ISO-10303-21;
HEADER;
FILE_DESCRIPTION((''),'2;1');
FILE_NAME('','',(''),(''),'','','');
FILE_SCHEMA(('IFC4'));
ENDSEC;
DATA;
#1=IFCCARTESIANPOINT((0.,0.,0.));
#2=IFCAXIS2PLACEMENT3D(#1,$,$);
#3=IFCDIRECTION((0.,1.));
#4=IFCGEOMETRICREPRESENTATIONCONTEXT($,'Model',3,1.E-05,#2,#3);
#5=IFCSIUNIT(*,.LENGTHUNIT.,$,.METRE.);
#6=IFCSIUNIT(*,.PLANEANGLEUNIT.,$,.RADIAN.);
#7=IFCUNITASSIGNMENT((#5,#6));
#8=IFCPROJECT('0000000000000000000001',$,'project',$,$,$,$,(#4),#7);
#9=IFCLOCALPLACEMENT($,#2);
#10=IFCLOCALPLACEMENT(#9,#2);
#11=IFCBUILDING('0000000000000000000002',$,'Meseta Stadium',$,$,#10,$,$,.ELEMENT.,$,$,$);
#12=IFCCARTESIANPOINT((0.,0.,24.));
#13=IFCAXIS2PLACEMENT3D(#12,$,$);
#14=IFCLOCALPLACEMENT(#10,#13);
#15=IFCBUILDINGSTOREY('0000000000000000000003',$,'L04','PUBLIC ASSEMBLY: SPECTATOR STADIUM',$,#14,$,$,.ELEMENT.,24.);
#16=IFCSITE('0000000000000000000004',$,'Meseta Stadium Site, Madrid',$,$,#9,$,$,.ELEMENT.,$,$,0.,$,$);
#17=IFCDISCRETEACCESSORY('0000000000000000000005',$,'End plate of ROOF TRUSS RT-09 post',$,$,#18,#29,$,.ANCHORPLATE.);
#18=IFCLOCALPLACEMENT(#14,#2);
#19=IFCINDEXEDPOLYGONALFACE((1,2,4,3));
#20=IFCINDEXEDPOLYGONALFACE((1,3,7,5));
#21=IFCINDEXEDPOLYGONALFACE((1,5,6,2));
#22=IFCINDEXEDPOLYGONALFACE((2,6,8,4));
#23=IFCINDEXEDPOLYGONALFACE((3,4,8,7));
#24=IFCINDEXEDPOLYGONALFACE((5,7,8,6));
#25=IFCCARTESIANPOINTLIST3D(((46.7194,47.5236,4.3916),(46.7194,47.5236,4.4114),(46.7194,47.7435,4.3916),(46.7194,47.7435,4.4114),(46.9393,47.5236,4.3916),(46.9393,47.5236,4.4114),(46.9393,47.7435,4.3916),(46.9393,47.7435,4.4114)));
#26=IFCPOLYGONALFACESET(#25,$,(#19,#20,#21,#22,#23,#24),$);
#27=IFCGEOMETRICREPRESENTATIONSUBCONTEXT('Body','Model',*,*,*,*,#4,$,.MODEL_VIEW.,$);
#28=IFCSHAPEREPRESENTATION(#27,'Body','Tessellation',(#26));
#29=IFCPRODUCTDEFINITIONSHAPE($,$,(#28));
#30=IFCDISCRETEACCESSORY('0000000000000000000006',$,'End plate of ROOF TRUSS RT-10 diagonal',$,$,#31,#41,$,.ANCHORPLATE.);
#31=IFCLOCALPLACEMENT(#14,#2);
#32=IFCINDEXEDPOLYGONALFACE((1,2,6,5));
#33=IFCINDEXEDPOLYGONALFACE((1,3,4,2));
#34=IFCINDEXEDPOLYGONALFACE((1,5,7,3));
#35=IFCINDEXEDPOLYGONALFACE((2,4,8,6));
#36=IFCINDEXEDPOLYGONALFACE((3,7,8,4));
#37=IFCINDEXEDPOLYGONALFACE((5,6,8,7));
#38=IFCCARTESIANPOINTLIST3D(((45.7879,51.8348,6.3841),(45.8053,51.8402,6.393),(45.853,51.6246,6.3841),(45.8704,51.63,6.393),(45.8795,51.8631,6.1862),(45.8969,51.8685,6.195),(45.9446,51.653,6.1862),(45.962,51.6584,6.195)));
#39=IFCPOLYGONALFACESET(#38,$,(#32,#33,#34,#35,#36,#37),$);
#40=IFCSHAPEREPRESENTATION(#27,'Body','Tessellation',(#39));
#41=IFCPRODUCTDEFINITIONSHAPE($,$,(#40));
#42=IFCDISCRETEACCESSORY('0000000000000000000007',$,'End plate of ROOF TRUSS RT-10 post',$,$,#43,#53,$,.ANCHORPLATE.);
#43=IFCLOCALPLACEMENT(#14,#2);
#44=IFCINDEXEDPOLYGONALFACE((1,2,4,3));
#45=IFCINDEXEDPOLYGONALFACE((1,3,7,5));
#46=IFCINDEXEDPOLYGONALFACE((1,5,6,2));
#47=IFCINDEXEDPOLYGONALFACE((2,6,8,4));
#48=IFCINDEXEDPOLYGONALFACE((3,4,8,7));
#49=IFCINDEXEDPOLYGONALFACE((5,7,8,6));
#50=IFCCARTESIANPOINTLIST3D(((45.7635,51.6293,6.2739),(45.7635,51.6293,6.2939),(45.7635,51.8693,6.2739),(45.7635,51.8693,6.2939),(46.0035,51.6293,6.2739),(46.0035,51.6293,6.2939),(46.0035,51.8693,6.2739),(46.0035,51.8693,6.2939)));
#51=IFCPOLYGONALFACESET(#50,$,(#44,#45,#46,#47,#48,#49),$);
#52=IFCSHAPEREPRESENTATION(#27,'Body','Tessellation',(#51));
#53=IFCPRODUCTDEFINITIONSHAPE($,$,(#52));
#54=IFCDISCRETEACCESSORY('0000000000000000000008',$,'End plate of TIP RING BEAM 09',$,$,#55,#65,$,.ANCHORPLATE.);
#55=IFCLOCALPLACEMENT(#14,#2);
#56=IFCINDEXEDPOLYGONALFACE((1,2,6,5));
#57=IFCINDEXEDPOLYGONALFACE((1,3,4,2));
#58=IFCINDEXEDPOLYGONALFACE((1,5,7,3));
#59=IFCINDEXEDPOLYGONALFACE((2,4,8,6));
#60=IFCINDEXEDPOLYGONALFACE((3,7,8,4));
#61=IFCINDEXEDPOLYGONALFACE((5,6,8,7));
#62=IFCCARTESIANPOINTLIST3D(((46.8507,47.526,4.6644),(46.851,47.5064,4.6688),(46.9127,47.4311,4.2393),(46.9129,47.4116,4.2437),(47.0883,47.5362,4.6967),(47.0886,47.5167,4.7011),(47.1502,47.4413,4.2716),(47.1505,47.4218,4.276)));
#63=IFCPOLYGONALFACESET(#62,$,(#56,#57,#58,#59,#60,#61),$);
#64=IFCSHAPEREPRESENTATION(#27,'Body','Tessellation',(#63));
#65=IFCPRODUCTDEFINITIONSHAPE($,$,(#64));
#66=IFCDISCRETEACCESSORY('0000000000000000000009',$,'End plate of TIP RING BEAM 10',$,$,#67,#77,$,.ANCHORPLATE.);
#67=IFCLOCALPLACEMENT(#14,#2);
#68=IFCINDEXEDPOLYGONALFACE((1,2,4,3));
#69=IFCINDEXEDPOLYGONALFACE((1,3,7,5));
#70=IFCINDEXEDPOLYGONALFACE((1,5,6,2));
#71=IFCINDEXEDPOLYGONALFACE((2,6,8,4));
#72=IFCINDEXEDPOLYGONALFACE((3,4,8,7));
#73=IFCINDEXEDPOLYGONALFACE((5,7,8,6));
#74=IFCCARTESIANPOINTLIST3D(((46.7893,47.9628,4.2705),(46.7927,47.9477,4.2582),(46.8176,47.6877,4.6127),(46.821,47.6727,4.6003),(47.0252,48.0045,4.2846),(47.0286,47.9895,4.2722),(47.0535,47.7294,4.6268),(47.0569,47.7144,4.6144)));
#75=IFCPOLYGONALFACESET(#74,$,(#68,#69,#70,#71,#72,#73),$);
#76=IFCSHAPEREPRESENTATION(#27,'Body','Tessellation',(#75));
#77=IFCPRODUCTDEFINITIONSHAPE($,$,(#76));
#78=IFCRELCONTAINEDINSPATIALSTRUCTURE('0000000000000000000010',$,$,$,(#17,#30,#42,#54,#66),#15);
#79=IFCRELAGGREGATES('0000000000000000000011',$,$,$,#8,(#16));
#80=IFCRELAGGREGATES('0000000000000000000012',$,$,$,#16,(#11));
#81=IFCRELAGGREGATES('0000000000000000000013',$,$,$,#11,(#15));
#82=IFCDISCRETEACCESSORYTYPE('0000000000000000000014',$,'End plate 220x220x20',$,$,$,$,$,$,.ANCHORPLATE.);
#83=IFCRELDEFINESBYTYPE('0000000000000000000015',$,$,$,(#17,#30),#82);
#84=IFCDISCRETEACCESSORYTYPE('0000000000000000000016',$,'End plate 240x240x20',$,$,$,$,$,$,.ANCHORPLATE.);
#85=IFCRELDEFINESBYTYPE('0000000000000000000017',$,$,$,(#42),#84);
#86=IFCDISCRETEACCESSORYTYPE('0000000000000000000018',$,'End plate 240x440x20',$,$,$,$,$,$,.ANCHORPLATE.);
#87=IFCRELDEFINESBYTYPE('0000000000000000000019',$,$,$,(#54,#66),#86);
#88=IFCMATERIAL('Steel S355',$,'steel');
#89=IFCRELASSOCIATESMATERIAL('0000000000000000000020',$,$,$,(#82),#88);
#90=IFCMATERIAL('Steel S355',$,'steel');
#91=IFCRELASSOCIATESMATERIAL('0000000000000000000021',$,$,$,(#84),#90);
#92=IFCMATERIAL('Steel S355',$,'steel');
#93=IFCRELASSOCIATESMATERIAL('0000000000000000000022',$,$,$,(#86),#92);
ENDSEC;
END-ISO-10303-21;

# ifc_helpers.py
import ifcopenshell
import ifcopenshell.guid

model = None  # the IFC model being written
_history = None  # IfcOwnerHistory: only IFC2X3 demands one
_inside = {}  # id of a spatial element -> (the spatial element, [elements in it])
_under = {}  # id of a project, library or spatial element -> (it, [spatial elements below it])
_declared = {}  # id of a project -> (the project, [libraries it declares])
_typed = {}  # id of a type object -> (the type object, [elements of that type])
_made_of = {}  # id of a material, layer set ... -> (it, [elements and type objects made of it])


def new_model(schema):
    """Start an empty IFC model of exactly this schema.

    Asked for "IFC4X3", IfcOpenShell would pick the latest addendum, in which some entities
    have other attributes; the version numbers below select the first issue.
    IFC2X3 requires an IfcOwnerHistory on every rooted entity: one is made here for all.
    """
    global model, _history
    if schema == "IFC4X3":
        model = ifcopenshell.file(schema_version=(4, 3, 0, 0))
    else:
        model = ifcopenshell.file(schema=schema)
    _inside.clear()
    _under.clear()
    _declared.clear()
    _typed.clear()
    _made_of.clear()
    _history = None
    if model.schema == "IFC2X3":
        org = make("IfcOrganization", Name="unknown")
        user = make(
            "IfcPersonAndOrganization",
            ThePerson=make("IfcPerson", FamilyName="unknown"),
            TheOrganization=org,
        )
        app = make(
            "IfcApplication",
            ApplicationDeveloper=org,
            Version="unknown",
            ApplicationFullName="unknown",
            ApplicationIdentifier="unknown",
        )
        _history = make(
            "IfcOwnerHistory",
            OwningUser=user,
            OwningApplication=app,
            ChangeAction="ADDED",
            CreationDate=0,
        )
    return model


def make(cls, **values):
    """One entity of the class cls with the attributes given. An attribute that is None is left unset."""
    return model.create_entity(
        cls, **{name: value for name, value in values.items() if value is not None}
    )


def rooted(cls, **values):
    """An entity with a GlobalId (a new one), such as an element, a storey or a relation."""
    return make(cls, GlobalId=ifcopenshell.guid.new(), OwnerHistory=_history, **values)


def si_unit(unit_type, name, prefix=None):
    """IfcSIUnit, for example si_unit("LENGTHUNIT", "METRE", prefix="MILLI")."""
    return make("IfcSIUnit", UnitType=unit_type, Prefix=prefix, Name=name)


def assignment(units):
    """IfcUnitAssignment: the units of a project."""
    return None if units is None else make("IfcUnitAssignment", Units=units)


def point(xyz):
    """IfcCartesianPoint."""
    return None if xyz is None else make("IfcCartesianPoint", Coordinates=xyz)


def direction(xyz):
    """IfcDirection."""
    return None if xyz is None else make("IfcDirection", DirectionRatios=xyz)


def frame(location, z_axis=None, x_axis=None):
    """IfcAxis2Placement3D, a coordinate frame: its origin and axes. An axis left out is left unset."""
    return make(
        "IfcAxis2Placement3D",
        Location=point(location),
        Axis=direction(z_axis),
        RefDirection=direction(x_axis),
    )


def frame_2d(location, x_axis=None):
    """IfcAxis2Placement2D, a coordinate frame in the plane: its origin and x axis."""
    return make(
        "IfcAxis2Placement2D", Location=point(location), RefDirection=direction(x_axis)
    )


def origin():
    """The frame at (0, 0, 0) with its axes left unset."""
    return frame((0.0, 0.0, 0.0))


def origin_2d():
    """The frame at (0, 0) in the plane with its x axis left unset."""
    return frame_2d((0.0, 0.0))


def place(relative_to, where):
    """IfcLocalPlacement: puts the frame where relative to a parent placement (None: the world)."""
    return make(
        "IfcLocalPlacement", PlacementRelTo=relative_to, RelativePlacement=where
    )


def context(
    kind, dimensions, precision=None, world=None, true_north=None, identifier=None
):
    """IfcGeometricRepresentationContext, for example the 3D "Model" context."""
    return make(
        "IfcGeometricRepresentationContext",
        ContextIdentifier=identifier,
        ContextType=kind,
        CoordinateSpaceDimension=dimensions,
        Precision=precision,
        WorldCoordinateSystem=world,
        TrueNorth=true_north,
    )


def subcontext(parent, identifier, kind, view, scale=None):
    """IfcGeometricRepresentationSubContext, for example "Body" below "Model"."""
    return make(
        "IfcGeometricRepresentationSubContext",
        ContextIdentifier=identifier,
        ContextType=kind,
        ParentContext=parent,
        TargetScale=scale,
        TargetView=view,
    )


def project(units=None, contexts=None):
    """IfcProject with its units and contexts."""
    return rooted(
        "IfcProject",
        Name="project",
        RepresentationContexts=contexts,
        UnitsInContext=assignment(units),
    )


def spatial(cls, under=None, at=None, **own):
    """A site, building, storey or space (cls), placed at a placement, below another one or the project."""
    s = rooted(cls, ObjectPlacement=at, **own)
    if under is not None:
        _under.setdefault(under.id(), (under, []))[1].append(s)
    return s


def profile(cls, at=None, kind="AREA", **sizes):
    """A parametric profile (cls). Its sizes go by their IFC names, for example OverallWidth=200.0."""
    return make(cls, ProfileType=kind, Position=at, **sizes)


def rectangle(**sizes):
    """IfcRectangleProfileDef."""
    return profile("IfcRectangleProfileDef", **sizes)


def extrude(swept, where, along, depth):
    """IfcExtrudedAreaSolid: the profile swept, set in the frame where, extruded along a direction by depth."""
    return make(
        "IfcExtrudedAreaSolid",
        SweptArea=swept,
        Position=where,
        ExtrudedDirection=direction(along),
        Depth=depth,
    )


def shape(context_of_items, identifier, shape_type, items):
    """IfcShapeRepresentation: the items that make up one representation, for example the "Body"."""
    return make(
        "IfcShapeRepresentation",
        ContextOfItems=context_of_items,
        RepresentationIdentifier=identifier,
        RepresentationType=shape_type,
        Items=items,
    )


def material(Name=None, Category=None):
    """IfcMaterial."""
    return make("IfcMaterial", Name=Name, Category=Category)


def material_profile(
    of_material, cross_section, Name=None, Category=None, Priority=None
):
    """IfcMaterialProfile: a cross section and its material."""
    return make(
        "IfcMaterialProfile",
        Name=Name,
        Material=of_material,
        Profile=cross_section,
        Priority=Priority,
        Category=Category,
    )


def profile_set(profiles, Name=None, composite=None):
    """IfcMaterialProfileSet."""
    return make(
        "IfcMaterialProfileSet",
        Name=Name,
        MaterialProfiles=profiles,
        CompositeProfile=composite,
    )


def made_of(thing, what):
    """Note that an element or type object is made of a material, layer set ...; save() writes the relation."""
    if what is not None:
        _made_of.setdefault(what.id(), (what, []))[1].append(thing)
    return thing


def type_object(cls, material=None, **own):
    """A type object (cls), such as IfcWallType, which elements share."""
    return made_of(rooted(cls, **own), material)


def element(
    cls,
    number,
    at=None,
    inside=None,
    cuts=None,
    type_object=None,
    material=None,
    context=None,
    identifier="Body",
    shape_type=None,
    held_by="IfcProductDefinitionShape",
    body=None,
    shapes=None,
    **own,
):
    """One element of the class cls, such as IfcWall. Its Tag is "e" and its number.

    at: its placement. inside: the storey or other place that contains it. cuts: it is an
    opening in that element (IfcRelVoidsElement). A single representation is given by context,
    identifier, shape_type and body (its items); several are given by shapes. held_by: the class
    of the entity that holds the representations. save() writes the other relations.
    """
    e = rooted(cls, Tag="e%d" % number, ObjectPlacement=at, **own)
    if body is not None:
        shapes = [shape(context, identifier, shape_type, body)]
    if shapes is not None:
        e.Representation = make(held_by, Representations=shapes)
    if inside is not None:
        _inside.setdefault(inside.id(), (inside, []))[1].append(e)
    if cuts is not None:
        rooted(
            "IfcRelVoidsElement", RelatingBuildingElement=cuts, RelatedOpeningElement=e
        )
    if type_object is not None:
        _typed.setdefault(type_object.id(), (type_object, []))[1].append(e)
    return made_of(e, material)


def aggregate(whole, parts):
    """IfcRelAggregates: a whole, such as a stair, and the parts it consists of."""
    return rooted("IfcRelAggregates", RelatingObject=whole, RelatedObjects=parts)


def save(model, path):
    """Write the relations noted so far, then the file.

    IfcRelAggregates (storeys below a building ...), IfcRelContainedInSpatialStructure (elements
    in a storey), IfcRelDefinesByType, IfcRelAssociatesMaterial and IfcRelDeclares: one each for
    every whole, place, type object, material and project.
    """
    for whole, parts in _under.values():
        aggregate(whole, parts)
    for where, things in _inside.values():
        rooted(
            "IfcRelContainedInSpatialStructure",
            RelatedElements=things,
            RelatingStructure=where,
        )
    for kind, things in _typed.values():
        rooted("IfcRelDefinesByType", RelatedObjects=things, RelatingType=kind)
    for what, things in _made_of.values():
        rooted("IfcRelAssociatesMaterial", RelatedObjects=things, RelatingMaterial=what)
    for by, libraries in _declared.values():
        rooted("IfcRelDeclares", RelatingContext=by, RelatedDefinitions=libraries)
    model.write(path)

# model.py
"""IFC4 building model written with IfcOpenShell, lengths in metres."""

from ifc_helpers import new_model, si_unit, direction, frame, origin, origin_2d, place, context, subcontext, project, spatial, rectangle, extrude, material, material_profile, profile_set, type_object, element, save


model = new_model("IFC4")

# Units and contexts
model_context = context("Model", 3, precision=1e-05, world=origin(), true_north=direction((0.0, 1.0)))
body_context = subcontext(model_context, "Body", "Model", "MODEL_VIEW")
ifc_project = project(units=[si_unit("LENGTHUNIT", "METRE"), si_unit("PLANEANGLEUNIT", "RADIAN")], contexts=[model_context])

# Site, building, storey
site_placement = place(None, origin())
site = spatial("IfcSite", under=ifc_project, at=site_placement, Name="Meseta Stadium Site, Madrid", CompositionType="ELEMENT", RefElevation=0.0)
building_placement = place(site_placement, origin())
building = spatial("IfcBuilding", under=site, at=building_placement, Name="Meseta Stadium", CompositionType="ELEMENT")
storey_placement = place(building_placement, frame((0.0, 0.0, 24.0)))
storey = spatial("IfcBuildingStorey", under=building, at=storey_placement, Name="L04", Description="PUBLIC ASSEMBLY: SPECTATOR STADIUM", CompositionType="ELEMENT", Elevation=24.0)

# Discrete accessories
ifc_material_1 = material(Name="Steel S355", Category="steel")
ifc_material_profile_1 = material_profile(ifc_material_1, rectangle(XDim=0.22, YDim=0.22, at=origin_2d()), Name="PL 220x220")
ifc_profile_set_1 = profile_set([ifc_material_profile_1], Name="Steel S355")
discrete_accessory_type_1 = type_object("IfcDiscreteAccessoryType", Name="End plate 220x220x20", PredefinedType="ANCHORPLATE", material=ifc_profile_set_1)
discrete_accessory_1_placement = place(storey_placement, frame((46.8293, 47.6335, 4.3916), z_axis=(0.0, 0.0, 1.0), x_axis=(1.0, 0.0, 0.0)))
element("IfcDiscreteAccessory", 1, at=discrete_accessory_1_placement, inside=storey, type_object=discrete_accessory_type_1, Name="End plate of ROOF TRUSS RT-09 post", PredefinedType="ANCHORPLATE", context=body_context, shape_type="SweptSolid", body=[
    extrude(rectangle(XDim=0.22, YDim=0.22, at=origin_2d()), origin(), (0.0, 0.0, 1.0), 0.0198),
])
discrete_accessory_2_placement = place(storey_placement, frame((45.8662, 51.7439, 6.2852), z_axis=(0.859675, 0.266378, 0.435892), x_axis=(-0.295976, 0.955195, 0.0)))
element("IfcDiscreteAccessory", 2, at=discrete_accessory_2_placement, inside=storey, type_object=discrete_accessory_type_1, Name="End plate of ROOF TRUSS RT-10 diagonal", PredefinedType="ANCHORPLATE", context=body_context, shape_type="SweptSolid", body=[
    extrude(rectangle(XDim=0.22, YDim=0.22, at=origin_2d()), origin(), (0.0, 0.0, 1.0), 0.0203),
])
ifc_material_2 = material(Name="Steel S355", Category="steel")
ifc_material_profile_2 = material_profile(ifc_material_2, rectangle(XDim=0.24, YDim=0.24, at=origin_2d()), Name="PL 240x240")
ifc_profile_set_2 = profile_set([ifc_material_profile_2], Name="Steel S355")
discrete_accessory_type_2 = type_object("IfcDiscreteAccessoryType", Name="End plate 240x240x20", PredefinedType="ANCHORPLATE", material=ifc_profile_set_2)
discrete_accessory_3_placement = place(storey_placement, frame((45.8835, 51.7493, 6.2739), z_axis=(0.0, 0.0, 1.0), x_axis=(1.0, 0.0, 0.0)))
element("IfcDiscreteAccessory", 3, at=discrete_accessory_3_placement, inside=storey, type_object=discrete_accessory_type_2, Name="End plate of ROOF TRUSS RT-10 post", PredefinedType="ANCHORPLATE", context=body_context, shape_type="SweptSolid", body=[
    extrude(rectangle(XDim=0.24, YDim=0.24, at=origin_2d()), origin(), (0.0, 0.0, 1.0), 0.02),
])
ifc_material_3 = material(Name="Steel S355", Category="steel")
ifc_material_profile_3 = material_profile(ifc_material_3, rectangle(XDim=0.24, YDim=0.4399, at=origin_2d()), Name="PL 240x440")
ifc_profile_set_3 = profile_set([ifc_material_profile_3], Name="Steel S355")
discrete_accessory_type_3 = type_object("IfcDiscreteAccessoryType", Name="End plate 240x440x20", PredefinedType="ANCHORPLATE", material=ifc_profile_set_3)
discrete_accessory_4_placement = place(storey_placement, frame((47.0007, 47.4641, 4.4724), z_axis=(-0.012194, 0.975537, -0.219496), x_axis=(-0.989965, -0.042685, -0.134712)))
element("IfcDiscreteAccessory", 4, at=discrete_accessory_4_placement, inside=storey, type_object=discrete_accessory_type_3, Name="End plate of TIP RING BEAM 09", PredefinedType="ANCHORPLATE", context=body_context, shape_type="SweptSolid", body=[
    extrude(rectangle(XDim=0.24, YDim=0.4399, at=origin_2d()), origin(), (0.0, 0.0, 1.0), 0.02),
])
discrete_accessory_5_placement = place(storey_placement, frame((46.9248, 47.8311, 4.4363), z_axis=(-0.171795, 0.760808, 0.625826), x_axis=(-0.983034, -0.173836, -0.058522)))
element("IfcDiscreteAccessory", 5, at=discrete_accessory_5_placement, inside=storey, type_object=discrete_accessory_type_3, Name="End plate of TIP RING BEAM 10", PredefinedType="ANCHORPLATE", context=body_context, shape_type="SweptSolid", body=[
    extrude(rectangle(XDim=0.24, YDim=0.4399, at=origin_2d()), origin(), (0.0, 0.0, 1.0), 0.0198),
])

save(model, "model.ifc")
